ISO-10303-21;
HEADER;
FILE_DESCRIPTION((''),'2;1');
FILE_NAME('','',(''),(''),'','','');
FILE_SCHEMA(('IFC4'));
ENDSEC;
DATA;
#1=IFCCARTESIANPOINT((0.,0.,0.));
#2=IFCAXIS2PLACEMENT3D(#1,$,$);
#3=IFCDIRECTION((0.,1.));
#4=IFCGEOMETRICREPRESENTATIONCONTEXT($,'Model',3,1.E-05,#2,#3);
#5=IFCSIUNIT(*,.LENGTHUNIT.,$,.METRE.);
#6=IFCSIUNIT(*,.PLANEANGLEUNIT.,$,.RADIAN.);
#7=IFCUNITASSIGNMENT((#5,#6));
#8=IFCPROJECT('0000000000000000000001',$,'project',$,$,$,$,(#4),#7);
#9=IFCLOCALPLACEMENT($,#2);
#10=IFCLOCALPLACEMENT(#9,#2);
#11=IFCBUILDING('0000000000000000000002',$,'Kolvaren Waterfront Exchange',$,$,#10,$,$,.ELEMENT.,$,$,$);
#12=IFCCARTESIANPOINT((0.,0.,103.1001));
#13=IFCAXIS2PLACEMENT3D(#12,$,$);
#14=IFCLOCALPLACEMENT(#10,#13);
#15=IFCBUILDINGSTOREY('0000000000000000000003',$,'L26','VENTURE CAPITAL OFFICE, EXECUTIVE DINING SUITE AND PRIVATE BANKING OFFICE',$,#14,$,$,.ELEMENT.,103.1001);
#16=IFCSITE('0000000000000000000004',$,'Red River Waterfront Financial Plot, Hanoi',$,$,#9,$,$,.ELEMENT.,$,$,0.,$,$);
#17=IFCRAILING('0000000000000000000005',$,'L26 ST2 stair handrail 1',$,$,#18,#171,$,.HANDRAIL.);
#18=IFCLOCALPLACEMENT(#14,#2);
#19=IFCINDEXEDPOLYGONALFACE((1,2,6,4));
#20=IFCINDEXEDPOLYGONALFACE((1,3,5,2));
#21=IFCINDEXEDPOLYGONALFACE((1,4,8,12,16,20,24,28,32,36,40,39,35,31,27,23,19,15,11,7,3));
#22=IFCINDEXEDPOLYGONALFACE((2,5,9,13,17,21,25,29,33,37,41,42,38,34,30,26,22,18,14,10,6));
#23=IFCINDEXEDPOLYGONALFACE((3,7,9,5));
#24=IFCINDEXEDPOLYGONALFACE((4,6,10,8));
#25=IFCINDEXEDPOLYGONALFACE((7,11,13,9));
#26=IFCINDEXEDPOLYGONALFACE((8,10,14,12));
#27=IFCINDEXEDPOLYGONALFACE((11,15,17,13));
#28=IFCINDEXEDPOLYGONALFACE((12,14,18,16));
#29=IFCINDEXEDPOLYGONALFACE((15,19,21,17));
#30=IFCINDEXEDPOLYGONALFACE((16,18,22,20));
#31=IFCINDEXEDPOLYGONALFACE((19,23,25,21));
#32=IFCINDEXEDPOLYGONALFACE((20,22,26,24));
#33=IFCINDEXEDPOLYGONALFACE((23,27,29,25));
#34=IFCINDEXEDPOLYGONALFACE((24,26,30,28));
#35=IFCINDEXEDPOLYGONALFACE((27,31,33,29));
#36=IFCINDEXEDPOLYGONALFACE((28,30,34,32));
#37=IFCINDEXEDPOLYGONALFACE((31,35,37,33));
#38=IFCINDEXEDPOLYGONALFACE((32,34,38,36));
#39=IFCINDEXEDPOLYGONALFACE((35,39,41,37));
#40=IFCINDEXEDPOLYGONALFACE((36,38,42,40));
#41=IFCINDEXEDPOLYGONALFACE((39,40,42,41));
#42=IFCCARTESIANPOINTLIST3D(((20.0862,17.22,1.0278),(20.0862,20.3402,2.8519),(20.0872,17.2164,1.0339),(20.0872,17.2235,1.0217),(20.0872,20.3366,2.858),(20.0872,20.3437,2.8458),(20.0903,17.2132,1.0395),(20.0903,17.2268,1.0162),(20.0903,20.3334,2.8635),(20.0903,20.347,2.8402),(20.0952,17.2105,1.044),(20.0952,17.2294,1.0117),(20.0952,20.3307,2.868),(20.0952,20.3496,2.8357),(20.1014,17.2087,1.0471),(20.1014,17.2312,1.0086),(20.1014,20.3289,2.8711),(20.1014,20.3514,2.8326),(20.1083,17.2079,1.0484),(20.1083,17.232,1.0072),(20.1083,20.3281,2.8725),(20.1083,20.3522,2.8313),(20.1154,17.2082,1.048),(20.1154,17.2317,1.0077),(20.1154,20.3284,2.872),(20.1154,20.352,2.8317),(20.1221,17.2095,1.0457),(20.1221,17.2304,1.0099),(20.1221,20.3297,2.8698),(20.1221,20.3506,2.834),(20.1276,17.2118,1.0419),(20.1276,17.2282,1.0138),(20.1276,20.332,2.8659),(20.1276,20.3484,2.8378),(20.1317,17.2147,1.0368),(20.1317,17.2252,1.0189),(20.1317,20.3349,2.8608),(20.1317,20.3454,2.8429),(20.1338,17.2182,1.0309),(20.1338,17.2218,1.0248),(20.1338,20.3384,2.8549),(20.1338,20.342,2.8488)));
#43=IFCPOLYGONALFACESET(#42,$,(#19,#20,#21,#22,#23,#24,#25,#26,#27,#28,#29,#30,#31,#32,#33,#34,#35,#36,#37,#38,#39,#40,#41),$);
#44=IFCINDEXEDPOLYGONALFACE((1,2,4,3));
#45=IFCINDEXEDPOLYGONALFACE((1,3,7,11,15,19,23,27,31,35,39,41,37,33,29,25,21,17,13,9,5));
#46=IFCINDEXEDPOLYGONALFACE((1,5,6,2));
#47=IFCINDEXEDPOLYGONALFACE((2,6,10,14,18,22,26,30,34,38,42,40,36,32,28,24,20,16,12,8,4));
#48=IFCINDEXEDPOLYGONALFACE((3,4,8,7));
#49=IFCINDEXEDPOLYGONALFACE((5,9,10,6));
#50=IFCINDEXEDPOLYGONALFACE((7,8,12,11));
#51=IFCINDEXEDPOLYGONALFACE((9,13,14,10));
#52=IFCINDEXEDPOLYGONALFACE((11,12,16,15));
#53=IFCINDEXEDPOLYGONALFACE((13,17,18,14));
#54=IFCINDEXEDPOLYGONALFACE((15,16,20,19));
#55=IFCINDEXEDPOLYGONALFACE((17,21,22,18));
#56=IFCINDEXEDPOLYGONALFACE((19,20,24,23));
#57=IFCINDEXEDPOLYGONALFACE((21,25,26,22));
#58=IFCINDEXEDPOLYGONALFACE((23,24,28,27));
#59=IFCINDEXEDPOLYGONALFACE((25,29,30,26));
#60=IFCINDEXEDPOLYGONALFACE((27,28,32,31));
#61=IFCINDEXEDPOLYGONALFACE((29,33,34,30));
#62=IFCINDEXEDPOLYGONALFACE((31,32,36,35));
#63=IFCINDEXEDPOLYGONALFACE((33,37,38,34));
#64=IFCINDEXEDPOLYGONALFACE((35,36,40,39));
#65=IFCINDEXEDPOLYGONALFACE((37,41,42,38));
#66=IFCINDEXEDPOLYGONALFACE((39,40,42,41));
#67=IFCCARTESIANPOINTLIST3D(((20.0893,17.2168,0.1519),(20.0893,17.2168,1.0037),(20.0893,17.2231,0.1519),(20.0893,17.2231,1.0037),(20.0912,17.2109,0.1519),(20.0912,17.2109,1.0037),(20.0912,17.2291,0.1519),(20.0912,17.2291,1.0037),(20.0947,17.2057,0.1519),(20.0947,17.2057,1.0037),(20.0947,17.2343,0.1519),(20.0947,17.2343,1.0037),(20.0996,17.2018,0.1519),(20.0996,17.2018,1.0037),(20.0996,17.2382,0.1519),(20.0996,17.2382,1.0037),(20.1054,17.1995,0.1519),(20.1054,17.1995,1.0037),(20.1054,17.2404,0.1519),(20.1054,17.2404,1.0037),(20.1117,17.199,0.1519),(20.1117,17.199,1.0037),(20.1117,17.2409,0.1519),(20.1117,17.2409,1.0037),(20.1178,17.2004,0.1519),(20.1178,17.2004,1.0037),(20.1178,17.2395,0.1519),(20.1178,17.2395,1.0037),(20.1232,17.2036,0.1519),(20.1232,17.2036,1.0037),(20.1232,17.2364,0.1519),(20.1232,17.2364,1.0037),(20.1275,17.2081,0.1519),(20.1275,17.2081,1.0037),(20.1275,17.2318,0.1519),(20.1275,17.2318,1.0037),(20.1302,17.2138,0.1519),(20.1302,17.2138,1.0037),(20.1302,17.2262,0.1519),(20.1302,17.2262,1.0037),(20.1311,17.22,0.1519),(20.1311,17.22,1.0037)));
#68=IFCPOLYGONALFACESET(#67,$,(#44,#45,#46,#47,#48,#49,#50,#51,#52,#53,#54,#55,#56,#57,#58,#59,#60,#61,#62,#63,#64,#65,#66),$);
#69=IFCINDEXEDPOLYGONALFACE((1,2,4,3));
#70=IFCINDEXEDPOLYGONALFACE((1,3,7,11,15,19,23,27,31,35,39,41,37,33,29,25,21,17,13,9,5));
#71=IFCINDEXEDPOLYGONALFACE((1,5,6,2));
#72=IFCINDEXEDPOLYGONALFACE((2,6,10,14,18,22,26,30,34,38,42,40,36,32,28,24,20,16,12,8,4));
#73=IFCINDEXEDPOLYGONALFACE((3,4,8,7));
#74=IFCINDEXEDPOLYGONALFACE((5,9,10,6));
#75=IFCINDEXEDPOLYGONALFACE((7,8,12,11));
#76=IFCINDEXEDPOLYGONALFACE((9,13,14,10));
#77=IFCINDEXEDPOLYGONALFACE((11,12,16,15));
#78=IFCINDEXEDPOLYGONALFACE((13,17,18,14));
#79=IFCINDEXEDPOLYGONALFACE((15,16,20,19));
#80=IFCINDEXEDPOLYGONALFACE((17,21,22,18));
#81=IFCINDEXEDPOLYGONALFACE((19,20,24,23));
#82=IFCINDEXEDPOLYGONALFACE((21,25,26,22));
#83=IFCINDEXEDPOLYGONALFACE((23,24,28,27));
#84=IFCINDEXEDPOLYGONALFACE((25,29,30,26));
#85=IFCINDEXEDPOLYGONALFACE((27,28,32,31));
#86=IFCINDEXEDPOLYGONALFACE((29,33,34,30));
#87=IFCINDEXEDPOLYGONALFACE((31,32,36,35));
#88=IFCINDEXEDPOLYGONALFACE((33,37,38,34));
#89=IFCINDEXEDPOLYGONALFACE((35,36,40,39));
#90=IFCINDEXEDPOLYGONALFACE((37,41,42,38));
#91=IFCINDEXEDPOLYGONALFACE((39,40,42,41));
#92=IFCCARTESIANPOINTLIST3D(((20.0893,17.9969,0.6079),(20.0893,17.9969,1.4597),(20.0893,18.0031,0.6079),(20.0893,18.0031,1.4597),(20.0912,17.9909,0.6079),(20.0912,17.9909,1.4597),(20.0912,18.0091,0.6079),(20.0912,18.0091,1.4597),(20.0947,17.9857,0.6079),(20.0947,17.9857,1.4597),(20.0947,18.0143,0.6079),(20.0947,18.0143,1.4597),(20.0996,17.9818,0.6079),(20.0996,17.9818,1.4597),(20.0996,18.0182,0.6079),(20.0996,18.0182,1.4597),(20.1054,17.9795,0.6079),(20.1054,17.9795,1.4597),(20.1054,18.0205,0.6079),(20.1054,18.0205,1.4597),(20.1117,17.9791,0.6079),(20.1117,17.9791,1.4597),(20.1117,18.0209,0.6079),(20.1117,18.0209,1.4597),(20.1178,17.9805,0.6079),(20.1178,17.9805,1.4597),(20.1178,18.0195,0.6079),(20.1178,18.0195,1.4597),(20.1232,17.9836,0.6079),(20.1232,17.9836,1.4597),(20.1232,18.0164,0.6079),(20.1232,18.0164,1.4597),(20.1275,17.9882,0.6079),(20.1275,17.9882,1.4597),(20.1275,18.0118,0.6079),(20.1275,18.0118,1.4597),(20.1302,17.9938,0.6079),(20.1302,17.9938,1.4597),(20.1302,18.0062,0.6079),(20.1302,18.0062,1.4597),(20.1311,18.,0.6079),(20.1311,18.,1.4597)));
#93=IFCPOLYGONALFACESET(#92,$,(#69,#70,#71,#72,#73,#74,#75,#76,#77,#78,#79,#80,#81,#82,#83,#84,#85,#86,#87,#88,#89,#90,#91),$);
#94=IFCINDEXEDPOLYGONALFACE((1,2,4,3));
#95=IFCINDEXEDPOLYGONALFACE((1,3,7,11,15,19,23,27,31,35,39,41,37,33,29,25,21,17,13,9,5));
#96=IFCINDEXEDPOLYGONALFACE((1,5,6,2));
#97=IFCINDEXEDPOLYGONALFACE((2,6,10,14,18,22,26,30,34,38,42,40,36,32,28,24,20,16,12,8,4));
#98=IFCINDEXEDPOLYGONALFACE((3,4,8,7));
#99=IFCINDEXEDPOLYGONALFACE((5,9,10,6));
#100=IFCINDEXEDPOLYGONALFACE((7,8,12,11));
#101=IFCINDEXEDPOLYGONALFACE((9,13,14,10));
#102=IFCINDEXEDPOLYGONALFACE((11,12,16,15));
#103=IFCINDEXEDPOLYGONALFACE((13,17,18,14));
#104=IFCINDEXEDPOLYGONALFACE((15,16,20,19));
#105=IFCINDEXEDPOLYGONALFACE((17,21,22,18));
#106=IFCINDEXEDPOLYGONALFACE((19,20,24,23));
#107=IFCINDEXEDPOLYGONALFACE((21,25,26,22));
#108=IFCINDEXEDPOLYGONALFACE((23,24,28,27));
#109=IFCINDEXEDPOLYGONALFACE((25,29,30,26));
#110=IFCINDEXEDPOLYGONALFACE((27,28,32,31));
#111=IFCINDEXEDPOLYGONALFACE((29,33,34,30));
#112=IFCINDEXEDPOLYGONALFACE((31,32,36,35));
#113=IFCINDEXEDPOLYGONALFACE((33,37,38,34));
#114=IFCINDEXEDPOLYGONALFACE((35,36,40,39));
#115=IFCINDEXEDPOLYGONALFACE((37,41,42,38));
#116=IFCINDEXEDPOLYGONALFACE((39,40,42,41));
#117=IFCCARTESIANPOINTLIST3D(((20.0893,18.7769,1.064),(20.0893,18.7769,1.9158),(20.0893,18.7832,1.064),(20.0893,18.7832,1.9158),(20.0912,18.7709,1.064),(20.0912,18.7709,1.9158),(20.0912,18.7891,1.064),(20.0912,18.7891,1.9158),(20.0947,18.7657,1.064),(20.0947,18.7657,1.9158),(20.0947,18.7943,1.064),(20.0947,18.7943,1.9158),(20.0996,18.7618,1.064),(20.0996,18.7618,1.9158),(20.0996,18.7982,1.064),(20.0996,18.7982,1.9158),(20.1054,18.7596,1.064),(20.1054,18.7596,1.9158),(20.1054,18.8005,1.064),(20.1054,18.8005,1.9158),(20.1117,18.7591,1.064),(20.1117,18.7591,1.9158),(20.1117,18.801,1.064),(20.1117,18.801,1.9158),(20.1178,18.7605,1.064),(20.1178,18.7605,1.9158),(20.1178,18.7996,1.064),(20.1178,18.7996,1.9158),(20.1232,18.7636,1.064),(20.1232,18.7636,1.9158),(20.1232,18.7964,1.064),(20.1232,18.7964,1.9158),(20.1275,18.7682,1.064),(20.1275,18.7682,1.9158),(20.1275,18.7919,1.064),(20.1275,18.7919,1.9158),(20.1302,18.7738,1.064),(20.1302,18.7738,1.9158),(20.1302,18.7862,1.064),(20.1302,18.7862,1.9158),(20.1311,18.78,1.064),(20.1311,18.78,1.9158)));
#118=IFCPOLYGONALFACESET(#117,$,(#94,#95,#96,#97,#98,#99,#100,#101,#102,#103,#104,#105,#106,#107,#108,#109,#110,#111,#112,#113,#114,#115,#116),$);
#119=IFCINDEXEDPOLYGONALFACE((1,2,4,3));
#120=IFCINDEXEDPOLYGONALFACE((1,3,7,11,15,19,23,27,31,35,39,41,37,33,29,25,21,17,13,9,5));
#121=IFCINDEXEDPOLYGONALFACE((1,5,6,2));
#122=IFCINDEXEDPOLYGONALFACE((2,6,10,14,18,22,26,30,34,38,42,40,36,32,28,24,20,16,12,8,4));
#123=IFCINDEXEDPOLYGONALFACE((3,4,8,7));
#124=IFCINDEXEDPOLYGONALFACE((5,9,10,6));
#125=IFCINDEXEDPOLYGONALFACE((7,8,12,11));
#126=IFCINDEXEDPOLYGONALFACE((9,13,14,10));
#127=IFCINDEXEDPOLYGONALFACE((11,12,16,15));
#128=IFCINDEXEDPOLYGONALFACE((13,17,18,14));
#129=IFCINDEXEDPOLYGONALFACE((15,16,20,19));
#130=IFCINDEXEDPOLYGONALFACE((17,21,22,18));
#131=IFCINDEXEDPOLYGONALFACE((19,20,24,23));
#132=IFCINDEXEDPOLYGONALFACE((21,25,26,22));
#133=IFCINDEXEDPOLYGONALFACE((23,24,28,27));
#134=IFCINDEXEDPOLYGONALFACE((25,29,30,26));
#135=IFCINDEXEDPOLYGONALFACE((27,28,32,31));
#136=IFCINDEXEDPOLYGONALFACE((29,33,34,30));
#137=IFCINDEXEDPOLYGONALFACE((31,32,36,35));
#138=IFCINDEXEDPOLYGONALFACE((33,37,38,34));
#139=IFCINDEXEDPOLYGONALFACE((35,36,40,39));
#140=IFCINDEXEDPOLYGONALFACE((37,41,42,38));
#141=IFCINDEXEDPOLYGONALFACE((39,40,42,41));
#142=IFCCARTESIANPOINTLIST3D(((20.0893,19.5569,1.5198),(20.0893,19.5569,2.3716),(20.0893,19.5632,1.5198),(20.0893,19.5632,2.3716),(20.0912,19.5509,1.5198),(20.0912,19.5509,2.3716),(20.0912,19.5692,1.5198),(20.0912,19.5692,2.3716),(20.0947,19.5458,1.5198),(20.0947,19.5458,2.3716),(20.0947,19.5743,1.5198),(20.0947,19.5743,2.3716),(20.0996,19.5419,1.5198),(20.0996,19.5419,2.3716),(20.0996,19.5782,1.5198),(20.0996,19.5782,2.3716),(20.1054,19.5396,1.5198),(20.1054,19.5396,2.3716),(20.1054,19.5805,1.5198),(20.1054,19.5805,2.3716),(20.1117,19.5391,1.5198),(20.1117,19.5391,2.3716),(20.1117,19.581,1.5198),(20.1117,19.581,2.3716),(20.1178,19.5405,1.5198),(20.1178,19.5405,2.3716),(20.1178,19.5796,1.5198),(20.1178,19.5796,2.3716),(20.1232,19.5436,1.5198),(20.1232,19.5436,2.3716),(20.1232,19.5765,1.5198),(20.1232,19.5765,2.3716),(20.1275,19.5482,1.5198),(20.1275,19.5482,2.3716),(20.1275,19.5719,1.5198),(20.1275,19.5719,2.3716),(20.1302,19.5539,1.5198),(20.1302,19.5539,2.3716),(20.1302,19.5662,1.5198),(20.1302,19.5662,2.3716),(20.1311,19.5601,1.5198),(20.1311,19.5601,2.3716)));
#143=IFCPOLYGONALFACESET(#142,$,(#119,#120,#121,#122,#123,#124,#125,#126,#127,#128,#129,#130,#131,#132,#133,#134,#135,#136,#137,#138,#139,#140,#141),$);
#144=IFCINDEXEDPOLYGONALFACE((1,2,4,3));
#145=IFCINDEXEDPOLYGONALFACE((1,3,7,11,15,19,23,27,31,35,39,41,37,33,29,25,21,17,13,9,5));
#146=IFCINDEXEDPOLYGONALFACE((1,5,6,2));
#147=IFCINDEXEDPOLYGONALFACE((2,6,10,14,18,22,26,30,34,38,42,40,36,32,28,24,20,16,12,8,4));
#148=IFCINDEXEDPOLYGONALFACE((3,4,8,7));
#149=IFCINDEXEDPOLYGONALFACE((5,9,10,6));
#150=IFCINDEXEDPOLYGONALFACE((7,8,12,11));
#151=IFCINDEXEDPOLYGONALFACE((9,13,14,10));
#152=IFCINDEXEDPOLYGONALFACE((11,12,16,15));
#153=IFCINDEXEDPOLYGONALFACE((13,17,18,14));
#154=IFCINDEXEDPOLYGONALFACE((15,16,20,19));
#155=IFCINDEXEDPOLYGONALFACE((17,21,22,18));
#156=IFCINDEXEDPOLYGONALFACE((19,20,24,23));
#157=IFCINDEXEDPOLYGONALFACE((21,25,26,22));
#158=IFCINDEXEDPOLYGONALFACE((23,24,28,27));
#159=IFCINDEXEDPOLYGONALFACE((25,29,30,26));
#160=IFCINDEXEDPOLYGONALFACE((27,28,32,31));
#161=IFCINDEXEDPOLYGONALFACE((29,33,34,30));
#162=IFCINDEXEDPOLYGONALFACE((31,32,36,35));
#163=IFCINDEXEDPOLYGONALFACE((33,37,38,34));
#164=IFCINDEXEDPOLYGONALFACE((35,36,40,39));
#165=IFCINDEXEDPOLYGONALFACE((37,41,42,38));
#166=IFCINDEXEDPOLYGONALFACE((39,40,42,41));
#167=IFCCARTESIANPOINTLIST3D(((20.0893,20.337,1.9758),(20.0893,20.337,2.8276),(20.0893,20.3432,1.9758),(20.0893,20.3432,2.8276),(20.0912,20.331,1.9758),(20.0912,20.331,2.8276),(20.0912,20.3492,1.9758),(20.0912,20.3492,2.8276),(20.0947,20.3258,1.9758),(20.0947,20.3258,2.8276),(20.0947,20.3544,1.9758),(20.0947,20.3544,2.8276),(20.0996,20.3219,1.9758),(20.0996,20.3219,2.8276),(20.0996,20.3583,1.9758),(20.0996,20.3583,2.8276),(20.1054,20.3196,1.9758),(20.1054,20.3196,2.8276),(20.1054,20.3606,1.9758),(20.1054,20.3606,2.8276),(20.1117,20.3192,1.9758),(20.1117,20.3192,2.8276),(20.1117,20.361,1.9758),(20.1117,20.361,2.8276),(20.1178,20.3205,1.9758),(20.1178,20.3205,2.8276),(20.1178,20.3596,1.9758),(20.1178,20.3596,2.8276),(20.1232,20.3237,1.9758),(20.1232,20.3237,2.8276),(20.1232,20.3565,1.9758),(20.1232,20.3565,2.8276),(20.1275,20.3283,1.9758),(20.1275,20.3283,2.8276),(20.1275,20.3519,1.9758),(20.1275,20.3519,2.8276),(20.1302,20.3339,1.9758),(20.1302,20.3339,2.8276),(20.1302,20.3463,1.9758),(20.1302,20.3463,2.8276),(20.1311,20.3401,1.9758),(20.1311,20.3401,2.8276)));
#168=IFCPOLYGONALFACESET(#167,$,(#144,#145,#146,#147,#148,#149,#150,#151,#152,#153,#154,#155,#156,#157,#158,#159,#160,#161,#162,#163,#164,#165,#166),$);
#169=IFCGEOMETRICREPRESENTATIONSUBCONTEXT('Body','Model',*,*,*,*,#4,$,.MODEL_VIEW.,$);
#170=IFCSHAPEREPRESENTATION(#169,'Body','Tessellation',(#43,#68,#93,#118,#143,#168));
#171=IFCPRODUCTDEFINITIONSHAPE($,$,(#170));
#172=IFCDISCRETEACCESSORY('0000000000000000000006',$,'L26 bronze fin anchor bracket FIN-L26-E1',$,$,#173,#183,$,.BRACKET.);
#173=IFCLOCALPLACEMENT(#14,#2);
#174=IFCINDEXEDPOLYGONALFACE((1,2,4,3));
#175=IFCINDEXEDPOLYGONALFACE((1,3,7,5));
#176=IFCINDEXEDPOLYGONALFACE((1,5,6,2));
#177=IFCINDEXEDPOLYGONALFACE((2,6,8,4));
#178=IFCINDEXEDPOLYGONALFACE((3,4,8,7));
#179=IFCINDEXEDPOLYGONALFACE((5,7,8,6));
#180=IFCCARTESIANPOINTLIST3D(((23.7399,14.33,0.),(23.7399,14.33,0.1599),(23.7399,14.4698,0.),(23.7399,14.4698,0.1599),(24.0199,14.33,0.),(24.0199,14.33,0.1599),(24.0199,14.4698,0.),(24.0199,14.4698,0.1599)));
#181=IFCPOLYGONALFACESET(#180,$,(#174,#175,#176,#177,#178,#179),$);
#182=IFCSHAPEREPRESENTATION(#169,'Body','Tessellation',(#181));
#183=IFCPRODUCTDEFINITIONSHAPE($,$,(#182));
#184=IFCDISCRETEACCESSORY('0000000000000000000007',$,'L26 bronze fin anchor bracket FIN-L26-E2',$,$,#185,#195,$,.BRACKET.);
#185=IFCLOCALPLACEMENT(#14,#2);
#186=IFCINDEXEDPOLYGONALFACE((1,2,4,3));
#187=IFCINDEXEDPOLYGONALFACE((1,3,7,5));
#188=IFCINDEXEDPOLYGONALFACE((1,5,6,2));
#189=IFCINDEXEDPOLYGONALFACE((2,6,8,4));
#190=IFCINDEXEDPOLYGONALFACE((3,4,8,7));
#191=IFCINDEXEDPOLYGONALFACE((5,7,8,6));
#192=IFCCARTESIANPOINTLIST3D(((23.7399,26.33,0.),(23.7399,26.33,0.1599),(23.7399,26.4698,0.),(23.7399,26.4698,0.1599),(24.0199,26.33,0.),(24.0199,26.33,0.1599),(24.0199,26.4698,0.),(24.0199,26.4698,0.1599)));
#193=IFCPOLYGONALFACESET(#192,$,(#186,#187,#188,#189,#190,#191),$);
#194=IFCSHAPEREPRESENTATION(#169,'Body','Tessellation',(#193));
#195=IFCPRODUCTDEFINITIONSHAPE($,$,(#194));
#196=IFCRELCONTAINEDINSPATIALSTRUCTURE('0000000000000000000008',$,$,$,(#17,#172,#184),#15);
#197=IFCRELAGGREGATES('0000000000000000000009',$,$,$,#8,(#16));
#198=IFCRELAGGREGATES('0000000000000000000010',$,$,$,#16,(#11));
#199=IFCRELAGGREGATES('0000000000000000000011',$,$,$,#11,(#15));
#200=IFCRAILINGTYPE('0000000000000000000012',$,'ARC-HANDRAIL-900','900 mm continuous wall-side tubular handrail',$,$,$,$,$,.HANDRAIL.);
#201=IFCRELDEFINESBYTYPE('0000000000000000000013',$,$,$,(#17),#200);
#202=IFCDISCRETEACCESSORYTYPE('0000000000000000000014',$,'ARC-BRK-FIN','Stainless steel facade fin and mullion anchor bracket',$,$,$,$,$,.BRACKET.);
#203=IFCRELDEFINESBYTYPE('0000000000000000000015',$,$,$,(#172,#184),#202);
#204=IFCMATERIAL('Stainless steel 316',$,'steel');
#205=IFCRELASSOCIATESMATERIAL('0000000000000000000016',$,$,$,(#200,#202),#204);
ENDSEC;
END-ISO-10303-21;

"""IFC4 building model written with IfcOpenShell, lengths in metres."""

from ifc_helpers import new_model, si_unit, direction, frame, origin, origin_with_axes, origin_2d, place, context, subcontext, project, spatial, rectangle, circle, extrude, source, transform, mapped, material, type_object, element, save


model = new_model("IFC4")

# Units and contexts
model_context = context("Model", 3, precision=1e-05, world=origin(), true_north=direction((0.0, 1.0)))
body_context = subcontext(model_context, "Body", "Model", "MODEL_VIEW")
ifc_project = project(units=[si_unit("LENGTHUNIT", "METRE"), si_unit("PLANEANGLEUNIT", "RADIAN")], contexts=[model_context])

# Site, building, storey
site_placement = place(None, origin())
site = spatial("IfcSite", under=ifc_project, at=site_placement, Name="Red River Waterfront Financial Plot, Hanoi", CompositionType="ELEMENT", RefElevation=0.0)
building_placement = place(site_placement, origin())
building = spatial("IfcBuilding", under=site, at=building_placement, Name="Kolvaren Waterfront Exchange", CompositionType="ELEMENT")
storey_placement = place(building_placement, frame((0.0, 0.0, 103.1001)))
storey = spatial("IfcBuildingStorey", under=building, at=storey_placement, Name="L26", Description="VENTURE CAPITAL OFFICE, EXECUTIVE DINING SUITE AND PRIVATE BANKING OFFICE", CompositionType="ELEMENT", Elevation=103.1001)

# Railing
ifc_material_1 = material(Name="Stainless steel 316", Category="steel")
railing_type_1 = type_object("IfcRailingType", Name="ARC-HANDRAIL-900", Description="900 mm continuous wall-side tubular handrail", PredefinedType="HANDRAIL", material=ifc_material_1)
railing_1_placement = place(storey_placement, frame((20.1101, 17.22, 0.1519)))
element("IfcRailing", 1, at=railing_1_placement, inside=storey, type_object=railing_type_1, Name="L26 ST2 stair handrail 1", PredefinedType="HANDRAIL", context=body_context, shape_type="SweptSolid", body=[
    extrude(circle(Radius=0.0239, at=origin_2d()), frame((0.0, 0.0, 0.876), z_axis=(0.0, 0.863308, 0.504677), x_axis=(-1.0, 0.0, 0.0)), (0.0, 0.0, 1.0), 3.6143),
    extrude(circle(Radius=0.021, at=origin_2d()), origin(), (0.0, 0.0, 1.0), 0.8518),
    extrude(circle(Radius=0.021, at=origin_2d()), frame((0.0, 0.78, 0.4561)), (0.0, 0.0, 1.0), 0.8518),
    extrude(circle(Radius=0.021, at=origin_2d()), frame((0.0, 1.5601, 0.9121)), (0.0, 0.0, 1.0), 0.8518),
    extrude(circle(Radius=0.021, at=origin_2d()), frame((0.0, 2.3401, 1.3679)), (0.0, 0.0, 1.0), 0.8518),
    extrude(circle(Radius=0.021, at=origin_2d()), frame((0.0, 3.1201, 1.824)), (0.0, 0.0, 1.0), 0.8518),
])

# Discrete accessories
discrete_accessory_type = type_object("IfcDiscreteAccessoryType", Name="ARC-BRK-FIN", Description="Stainless steel facade fin and mullion anchor bracket", PredefinedType="BRACKET", material=ifc_material_1)
shared_shape_1 = source(origin_with_axes(), body_context, "Body", "SweptSolid", [
    extrude(rectangle(XDim=0.28, YDim=0.1399, at=origin_2d()), origin(), (0.0, 0.0, 1.0), 0.1599),
])
for number, where, z_axis, x_axis, name in (
    (2, (23.8799, 14.3999, 0.0), (0.0, 0.0, 1.0), (1.0, 0.0, 0.0), "L26 bronze fin anchor bracket FIN-L26-E1"),
    (3, (23.8799, 26.3999, 0.0), (0.0, 0.0, 1.0), (1.0, 0.0, 0.0), "L26 bronze fin anchor bracket FIN-L26-E2"),
):
    element("IfcDiscreteAccessory", number, at=place(storey_placement, frame(where, z_axis=z_axis, x_axis=x_axis)), inside=storey, type_object=discrete_accessory_type, Name=name, PredefinedType="BRACKET", context=body_context, shape_type="MappedRepresentation", body=[
        mapped(shared_shape_1, transform((0.0, 0.0, 0.0), x_axis=(1.0, 0.0, 0.0), y_axis=(0.0, 1.0, 0.0), z_axis=(0.0, 0.0, 1.0), scale=1.0)),
    ])

save(model, "model.ifc")
